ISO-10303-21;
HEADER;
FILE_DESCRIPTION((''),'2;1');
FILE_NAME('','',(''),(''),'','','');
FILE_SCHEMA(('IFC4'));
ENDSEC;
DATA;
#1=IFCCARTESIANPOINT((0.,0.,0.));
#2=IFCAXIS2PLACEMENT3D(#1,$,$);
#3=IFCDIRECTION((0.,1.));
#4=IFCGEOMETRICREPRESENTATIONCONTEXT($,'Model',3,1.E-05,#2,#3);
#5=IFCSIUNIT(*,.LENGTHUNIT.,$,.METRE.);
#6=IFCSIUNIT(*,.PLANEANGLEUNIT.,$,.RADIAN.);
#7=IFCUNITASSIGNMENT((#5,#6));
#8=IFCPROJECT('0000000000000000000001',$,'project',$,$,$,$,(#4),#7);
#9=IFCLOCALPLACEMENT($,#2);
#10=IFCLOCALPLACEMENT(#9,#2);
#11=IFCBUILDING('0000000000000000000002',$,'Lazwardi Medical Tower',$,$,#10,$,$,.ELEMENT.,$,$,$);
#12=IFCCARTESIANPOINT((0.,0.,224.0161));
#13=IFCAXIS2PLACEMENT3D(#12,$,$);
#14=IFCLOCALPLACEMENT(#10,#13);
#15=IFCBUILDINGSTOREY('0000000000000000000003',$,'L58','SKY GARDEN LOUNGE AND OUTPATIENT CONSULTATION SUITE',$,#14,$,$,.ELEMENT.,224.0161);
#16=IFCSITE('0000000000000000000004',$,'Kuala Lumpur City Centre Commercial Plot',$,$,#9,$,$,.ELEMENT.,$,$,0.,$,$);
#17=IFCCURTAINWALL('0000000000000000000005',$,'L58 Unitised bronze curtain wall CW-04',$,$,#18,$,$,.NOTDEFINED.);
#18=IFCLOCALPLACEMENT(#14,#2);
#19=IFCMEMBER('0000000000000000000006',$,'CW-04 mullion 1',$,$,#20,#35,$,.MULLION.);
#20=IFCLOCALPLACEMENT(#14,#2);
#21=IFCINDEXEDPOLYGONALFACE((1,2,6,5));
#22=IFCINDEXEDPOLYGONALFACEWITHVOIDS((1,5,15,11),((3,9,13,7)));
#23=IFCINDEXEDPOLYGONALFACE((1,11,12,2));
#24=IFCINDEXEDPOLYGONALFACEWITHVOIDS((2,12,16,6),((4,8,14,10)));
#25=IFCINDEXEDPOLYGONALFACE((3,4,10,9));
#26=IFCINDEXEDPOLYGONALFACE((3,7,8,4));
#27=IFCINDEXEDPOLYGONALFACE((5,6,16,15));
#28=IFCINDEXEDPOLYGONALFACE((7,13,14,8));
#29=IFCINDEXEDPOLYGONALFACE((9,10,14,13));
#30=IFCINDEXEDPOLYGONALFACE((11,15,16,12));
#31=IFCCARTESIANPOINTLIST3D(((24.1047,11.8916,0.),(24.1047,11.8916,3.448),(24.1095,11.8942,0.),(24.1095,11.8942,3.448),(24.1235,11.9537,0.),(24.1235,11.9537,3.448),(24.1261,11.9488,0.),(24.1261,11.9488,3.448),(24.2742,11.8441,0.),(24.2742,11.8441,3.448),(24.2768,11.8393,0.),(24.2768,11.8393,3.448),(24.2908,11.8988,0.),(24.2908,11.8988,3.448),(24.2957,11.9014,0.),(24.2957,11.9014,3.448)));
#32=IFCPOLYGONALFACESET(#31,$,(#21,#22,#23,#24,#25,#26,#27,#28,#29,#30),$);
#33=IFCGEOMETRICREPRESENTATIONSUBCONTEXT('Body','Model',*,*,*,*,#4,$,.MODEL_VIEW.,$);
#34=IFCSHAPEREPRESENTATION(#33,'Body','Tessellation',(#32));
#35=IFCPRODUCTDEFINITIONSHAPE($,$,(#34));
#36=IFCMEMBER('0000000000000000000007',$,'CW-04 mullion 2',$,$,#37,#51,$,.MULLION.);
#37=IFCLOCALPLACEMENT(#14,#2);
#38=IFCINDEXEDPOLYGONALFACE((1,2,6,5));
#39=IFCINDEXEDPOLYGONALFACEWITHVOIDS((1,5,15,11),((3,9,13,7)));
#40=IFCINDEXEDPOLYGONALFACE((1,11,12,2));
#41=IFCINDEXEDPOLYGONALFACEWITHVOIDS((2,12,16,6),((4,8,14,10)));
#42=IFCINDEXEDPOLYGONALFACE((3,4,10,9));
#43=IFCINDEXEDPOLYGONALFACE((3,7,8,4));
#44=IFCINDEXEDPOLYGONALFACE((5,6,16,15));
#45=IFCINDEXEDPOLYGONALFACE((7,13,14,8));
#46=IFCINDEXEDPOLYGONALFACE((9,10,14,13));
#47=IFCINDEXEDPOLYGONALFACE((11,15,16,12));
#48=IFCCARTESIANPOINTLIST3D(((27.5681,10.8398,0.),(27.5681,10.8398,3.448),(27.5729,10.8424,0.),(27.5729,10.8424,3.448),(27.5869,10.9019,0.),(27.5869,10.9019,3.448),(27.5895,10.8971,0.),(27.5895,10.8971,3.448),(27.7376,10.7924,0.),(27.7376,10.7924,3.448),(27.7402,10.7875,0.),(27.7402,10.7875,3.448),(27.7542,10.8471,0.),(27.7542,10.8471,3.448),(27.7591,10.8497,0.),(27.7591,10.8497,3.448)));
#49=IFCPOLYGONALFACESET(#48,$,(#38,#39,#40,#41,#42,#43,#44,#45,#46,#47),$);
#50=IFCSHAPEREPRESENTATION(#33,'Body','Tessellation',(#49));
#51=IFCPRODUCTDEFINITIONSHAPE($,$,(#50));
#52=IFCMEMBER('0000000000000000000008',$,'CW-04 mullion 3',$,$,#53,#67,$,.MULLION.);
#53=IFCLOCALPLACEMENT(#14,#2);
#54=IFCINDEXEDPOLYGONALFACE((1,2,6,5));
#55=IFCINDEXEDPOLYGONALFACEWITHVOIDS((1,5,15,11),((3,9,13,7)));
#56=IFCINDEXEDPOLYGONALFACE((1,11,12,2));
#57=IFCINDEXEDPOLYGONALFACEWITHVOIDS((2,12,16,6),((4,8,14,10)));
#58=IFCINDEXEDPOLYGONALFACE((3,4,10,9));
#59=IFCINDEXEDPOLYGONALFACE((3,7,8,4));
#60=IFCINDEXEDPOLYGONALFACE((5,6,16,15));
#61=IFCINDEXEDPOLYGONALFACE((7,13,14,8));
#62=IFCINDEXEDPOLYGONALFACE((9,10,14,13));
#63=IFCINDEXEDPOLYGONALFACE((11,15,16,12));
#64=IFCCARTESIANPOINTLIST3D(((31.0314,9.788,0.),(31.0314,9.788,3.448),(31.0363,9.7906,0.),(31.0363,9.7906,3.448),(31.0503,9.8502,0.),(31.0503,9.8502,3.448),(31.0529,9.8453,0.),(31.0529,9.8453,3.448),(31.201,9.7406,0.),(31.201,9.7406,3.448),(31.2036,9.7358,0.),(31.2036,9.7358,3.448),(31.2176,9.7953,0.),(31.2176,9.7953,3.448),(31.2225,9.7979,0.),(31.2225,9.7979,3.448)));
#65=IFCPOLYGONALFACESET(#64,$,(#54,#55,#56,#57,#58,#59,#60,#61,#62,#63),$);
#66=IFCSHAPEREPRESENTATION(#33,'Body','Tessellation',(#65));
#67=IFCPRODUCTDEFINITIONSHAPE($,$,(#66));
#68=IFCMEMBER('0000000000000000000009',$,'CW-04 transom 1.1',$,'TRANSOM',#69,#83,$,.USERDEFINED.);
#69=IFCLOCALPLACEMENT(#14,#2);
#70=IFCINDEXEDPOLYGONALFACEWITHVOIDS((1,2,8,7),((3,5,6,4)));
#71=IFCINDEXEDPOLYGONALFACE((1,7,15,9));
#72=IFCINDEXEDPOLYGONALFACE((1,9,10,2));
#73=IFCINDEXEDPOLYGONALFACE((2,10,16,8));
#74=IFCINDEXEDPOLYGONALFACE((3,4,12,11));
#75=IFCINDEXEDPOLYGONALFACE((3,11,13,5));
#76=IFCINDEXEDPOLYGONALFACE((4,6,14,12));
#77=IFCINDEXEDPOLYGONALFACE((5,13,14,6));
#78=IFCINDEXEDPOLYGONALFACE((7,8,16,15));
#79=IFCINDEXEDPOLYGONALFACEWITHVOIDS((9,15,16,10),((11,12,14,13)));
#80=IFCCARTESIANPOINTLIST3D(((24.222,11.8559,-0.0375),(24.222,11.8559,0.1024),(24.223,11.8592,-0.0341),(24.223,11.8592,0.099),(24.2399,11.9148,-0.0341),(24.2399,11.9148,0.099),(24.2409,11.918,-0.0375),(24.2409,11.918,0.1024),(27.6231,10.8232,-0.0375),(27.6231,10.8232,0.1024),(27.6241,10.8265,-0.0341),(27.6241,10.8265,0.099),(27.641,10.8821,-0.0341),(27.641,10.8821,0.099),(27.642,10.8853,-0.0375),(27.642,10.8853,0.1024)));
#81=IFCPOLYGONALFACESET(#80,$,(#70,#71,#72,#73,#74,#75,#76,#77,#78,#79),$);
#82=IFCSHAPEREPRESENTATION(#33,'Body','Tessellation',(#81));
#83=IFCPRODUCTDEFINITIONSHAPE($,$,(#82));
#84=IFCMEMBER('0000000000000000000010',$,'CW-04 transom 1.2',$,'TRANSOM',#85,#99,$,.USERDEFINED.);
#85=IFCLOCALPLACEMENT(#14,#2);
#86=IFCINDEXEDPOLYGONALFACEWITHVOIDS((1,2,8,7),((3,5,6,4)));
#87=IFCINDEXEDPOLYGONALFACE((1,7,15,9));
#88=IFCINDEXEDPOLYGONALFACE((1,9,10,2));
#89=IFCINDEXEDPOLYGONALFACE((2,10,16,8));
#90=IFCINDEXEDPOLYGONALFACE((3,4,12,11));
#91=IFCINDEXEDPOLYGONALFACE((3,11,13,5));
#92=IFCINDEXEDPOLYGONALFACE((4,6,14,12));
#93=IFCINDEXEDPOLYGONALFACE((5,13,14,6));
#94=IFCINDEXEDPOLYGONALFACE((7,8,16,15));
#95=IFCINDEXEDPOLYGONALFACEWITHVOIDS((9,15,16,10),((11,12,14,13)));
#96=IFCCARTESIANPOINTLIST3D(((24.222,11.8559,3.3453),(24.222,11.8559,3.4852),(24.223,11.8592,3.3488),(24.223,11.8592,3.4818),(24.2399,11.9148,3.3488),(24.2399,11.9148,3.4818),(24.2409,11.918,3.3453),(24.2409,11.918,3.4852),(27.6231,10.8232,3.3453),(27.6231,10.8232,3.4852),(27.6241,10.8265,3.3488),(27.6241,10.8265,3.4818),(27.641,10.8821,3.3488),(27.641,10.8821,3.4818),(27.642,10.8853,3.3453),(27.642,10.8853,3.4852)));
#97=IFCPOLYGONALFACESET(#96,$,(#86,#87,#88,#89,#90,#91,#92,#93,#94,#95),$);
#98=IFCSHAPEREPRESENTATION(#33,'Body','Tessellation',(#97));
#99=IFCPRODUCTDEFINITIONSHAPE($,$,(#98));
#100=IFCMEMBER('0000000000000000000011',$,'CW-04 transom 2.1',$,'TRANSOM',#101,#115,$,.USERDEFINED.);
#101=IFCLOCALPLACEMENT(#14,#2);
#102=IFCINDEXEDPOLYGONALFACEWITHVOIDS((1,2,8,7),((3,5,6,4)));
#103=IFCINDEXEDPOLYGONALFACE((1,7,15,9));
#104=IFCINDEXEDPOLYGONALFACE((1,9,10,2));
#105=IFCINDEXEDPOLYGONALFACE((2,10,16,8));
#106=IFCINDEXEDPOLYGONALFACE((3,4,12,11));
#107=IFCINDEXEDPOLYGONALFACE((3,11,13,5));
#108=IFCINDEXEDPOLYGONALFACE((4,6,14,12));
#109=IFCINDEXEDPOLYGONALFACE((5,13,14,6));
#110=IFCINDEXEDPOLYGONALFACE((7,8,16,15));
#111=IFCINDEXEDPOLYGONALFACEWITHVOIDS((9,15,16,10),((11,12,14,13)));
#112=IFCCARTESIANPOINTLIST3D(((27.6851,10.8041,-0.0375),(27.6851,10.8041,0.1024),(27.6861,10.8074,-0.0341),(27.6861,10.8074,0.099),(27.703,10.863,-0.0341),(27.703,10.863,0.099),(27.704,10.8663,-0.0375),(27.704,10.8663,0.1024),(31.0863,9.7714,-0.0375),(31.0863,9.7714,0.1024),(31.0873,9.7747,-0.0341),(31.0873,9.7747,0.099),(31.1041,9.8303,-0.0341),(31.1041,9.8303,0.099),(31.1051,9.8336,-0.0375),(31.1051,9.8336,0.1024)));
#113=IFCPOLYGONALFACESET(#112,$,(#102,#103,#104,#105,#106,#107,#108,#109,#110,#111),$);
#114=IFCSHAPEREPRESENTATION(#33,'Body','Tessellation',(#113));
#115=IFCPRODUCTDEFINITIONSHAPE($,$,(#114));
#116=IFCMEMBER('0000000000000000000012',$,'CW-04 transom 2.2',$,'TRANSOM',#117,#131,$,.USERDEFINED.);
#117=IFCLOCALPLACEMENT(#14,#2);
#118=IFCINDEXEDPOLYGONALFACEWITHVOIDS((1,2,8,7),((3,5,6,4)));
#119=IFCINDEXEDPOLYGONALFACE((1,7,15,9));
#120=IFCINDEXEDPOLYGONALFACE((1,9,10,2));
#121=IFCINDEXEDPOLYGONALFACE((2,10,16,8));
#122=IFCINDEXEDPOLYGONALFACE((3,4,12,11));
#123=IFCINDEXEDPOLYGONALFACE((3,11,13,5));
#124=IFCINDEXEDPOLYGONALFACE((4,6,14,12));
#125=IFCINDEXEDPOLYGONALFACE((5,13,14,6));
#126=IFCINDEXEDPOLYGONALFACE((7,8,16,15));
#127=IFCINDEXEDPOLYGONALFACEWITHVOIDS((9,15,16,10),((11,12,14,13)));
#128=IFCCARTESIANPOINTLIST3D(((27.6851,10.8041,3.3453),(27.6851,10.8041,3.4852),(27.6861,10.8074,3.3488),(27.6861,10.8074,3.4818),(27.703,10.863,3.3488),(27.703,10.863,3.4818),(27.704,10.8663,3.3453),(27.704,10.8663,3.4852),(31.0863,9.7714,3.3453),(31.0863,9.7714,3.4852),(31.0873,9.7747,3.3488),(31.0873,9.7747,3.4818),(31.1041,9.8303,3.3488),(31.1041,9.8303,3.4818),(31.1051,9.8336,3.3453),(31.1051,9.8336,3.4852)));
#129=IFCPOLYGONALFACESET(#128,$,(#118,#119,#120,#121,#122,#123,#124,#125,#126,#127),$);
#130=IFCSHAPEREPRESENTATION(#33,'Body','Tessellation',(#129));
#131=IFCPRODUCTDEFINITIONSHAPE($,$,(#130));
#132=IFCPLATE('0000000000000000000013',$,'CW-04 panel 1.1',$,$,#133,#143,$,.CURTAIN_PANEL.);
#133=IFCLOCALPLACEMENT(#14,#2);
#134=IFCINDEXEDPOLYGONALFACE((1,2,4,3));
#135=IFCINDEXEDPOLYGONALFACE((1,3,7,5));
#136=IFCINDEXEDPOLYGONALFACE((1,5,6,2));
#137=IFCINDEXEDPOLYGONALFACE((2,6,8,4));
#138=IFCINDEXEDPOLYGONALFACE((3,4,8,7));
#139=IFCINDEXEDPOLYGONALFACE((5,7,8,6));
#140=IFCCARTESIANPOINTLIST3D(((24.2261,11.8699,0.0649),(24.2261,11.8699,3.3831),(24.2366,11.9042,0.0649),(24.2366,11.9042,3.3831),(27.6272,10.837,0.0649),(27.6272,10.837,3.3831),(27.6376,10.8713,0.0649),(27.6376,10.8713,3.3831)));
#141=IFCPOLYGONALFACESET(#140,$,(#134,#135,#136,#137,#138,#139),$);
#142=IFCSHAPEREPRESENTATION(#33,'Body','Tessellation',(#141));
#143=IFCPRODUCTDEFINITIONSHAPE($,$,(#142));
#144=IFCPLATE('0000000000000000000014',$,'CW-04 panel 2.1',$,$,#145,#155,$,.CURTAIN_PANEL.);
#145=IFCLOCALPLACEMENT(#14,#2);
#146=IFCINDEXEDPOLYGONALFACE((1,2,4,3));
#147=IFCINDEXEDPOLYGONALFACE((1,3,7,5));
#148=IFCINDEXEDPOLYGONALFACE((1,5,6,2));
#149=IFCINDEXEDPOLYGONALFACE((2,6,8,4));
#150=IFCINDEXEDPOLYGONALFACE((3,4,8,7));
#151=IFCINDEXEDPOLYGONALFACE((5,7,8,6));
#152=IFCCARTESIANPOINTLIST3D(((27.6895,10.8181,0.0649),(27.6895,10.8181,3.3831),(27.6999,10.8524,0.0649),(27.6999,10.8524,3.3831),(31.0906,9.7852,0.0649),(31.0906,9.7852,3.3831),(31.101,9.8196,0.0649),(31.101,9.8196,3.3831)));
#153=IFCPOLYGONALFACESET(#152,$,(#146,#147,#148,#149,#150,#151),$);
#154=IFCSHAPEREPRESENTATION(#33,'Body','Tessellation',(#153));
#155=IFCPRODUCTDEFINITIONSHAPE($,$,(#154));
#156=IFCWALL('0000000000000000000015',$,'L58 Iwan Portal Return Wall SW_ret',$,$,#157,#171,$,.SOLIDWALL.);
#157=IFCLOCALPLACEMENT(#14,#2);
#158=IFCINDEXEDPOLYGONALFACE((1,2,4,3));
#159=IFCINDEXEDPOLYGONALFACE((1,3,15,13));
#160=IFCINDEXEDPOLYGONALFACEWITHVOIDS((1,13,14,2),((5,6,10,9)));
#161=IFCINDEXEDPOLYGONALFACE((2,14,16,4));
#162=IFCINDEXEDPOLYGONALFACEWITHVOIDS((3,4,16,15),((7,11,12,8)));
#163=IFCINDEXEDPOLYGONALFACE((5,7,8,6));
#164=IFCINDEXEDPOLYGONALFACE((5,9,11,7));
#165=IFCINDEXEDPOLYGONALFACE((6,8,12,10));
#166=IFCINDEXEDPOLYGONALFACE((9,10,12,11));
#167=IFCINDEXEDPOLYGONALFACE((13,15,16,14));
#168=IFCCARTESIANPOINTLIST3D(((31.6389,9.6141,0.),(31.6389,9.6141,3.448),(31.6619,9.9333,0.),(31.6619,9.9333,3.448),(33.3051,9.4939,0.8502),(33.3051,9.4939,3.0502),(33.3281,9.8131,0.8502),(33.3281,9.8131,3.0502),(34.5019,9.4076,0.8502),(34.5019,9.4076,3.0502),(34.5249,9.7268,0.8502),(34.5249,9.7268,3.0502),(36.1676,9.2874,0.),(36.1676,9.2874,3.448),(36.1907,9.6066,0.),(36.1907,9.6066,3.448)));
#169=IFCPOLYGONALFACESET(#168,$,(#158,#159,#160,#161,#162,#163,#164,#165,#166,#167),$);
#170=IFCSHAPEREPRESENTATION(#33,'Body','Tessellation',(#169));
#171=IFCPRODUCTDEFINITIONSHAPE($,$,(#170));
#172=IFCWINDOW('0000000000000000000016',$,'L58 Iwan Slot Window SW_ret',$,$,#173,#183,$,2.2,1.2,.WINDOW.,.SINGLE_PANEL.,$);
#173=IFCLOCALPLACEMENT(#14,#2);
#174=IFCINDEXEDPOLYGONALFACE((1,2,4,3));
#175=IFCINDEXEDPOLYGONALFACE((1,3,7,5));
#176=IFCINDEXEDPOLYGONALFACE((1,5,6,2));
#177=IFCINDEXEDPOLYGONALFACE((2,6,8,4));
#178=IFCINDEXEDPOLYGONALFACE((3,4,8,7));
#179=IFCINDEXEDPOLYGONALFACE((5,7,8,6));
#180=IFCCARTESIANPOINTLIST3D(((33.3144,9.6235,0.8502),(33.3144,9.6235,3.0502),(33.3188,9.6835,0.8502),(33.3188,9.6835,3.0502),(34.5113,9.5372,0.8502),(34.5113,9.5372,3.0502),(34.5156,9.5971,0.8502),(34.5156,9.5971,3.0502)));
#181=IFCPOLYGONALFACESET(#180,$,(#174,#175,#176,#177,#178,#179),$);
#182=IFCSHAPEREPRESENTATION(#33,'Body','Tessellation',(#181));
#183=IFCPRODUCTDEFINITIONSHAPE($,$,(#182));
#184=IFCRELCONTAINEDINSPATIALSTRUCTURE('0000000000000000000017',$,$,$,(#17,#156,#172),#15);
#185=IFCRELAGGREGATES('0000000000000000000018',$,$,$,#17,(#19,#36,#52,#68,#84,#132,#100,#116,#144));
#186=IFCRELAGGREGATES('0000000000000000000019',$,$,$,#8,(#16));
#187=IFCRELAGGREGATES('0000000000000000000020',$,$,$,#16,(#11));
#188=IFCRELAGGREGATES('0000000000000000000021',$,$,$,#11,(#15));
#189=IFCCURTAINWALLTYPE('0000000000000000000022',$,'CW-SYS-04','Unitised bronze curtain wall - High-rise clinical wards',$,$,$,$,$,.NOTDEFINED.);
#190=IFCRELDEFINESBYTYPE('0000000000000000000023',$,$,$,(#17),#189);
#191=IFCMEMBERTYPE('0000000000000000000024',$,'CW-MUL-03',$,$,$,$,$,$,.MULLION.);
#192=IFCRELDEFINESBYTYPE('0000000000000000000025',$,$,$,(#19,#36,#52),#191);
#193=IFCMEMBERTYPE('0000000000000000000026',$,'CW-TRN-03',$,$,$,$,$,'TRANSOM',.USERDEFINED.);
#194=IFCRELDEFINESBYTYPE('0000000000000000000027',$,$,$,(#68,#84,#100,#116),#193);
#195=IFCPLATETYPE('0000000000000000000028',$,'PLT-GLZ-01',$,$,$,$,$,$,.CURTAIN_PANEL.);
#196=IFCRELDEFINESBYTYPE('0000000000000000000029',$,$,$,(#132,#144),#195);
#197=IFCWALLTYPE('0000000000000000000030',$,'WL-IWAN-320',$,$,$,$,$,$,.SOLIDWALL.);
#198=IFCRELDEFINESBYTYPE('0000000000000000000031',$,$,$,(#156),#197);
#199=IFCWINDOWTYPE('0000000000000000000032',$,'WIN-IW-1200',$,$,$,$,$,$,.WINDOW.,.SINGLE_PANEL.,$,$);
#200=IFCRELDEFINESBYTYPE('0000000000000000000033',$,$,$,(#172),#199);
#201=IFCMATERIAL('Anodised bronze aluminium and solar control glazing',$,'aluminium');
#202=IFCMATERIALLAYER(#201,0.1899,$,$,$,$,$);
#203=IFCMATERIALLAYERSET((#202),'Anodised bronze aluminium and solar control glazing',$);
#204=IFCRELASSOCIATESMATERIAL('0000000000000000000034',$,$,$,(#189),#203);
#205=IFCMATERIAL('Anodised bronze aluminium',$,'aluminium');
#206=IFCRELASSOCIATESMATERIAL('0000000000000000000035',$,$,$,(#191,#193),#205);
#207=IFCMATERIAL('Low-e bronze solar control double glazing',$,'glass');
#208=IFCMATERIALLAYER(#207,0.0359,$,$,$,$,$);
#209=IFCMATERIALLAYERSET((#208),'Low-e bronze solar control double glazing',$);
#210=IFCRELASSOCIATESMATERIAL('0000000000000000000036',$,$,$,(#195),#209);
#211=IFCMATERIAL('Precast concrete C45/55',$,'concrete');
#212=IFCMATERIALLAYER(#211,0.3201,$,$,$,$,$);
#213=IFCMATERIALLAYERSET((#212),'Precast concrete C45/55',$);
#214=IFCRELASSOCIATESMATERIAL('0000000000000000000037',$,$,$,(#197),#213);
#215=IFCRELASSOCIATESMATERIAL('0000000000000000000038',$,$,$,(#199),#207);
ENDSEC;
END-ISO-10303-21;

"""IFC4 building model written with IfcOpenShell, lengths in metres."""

from ifc_helpers import new_model, si_unit, direction, frame, frame_2d, origin, origin_2d, place, context, subcontext, project, spatial, rectangle, hollow_rectangle, extrude, material, layer, layer_set, material_profile, profile_set, type_object, element, fill, aggregate, save


model = new_model("IFC4")

# Units and contexts
model_context = context("Model", 3, precision=1e-05, world=origin(), true_north=direction((0.0, 1.0)))
body_context = subcontext(model_context, "Body", "Model", "MODEL_VIEW")
ifc_project = project(units=[si_unit("LENGTHUNIT", "METRE"), si_unit("PLANEANGLEUNIT", "RADIAN")], contexts=[model_context])

# Site, building, storey
site_placement = place(None, origin())
site = spatial("IfcSite", under=ifc_project, at=site_placement, Name="Kuala Lumpur City Centre Commercial Plot", CompositionType="ELEMENT", RefElevation=0.0)
building_placement = place(site_placement, origin())
building = spatial("IfcBuilding", under=site, at=building_placement, Name="Lazwardi Medical Tower", CompositionType="ELEMENT")
storey_placement = place(building_placement, frame((0.0, 0.0, 224.0161)))
storey = spatial("IfcBuildingStorey", under=building, at=storey_placement, Name="L58", Description="SKY GARDEN LOUNGE AND OUTPATIENT CONSULTATION SUITE", CompositionType="ELEMENT", Elevation=224.0161)

# Curtain wall, members, plates
ifc_material_1 = material(Name="Anodised bronze aluminium and solar control glazing", Category="aluminium")
ifc_layer_1 = layer(ifc_material_1, 0.1899)
ifc_layer_set_1 = layer_set([ifc_layer_1], Name="Anodised bronze aluminium and solar control glazing")
curtain_wall_type = type_object("IfcCurtainWallType", Name="CW-SYS-04", Description="Unitised bronze curtain wall - High-rise clinical wards", PredefinedType="NOTDEFINED", material=ifc_layer_set_1)
curtain_wall_placement = place(storey_placement, origin())
curtain_wall = element("IfcCurtainWall", 1, at=curtain_wall_placement, inside=storey, type_object=curtain_wall_type, Name="L58 Unitised bronze curtain wall CW-04", PredefinedType="NOTDEFINED")
ifc_material_2 = material(Name="Anodised bronze aluminium", Category="aluminium")
ifc_material_profile_1 = material_profile(ifc_material_2, hollow_rectangle(XDim=0.0649, YDim=0.1799, WallThickness=0.0039, at=origin_2d()), Name="ALU-MULLION 180x65x4")
ifc_profile_set_1 = profile_set([ifc_material_profile_1], Name="Anodised bronze aluminium")
member_type_1 = type_object("IfcMemberType", Name="CW-MUL-03", PredefinedType="MULLION", material=ifc_profile_set_1)
member_1_placement = place(storey_placement, frame((24.2002, 11.8965, 0.0), z_axis=(0.0, 0.0, 1.0), x_axis=(0.290582, 0.95685, 0.0)))
member_1 = element("IfcMember", 2, at=member_1_placement, type_object=member_type_1, Name="CW-04 mullion 1", PredefinedType="MULLION", context=body_context, shape_type="SweptSolid", body=[
    extrude(hollow_rectangle(XDim=0.0649, YDim=0.1799, WallThickness=0.0039, at=origin_2d()), origin(), (0.0, 0.0, 1.0), 3.448),
])
member_2_placement = place(storey_placement, frame((27.6636, 10.8447, 0.0), z_axis=(0.0, 0.0, 1.0), x_axis=(0.290582, 0.95685, 0.0)))
member_2 = element("IfcMember", 3, at=member_2_placement, type_object=member_type_1, Name="CW-04 mullion 2", PredefinedType="MULLION", context=body_context, shape_type="SweptSolid", body=[
    extrude(hollow_rectangle(XDim=0.0649, YDim=0.1799, WallThickness=0.0039, at=origin_2d()), origin(), (0.0, 0.0, 1.0), 3.448),
])
member_3_placement = place(storey_placement, frame((31.127, 9.793, 0.0), z_axis=(0.0, 0.0, 1.0), x_axis=(0.290582, 0.95685, 0.0)))
member_3 = element("IfcMember", 4, at=member_3_placement, type_object=member_type_1, Name="CW-04 mullion 3", PredefinedType="MULLION", context=body_context, shape_type="SweptSolid", body=[
    extrude(hollow_rectangle(XDim=0.0649, YDim=0.1799, WallThickness=0.0039, at=origin_2d()), origin(), (0.0, 0.0, 1.0), 3.448),
])
ifc_material_profile_2 = material_profile(ifc_material_2, hollow_rectangle(XDim=0.0649, YDim=0.1399, WallThickness=0.0034, at=origin_2d()), Name="ALU-TRANSOM 140x65x3.5")
ifc_profile_set_2 = profile_set([ifc_material_profile_2], Name="Anodised bronze aluminium")
member_type_2 = type_object("IfcMemberType", Name="CW-TRN-03", ElementType="TRANSOM", PredefinedType="USERDEFINED", material=ifc_profile_set_2)
member_4_placement = place(storey_placement, frame((24.2314, 11.887, 0.0325), z_axis=(0.956863, -0.290541, 0.0), x_axis=(0.290541, 0.956863, 0.0)))
member_4 = element("IfcMember", 5, at=member_4_placement, type_object=member_type_2, Name="CW-04 transom 1.1", ObjectType="TRANSOM", PredefinedType="USERDEFINED", context=body_context, shape_type="SweptSolid", body=[
    extrude(hollow_rectangle(XDim=0.0649, YDim=0.1399, WallThickness=0.0034, at=origin_2d()), origin(), (0.0, 0.0, 1.0), 3.5544),
])
member_5_placement = place(storey_placement, frame((24.2314, 11.887, 3.4153), z_axis=(0.956863, -0.290541, 0.0), x_axis=(0.290541, 0.956863, 0.0)))
member_5 = element("IfcMember", 6, at=member_5_placement, type_object=member_type_2, Name="CW-04 transom 1.2", ObjectType="TRANSOM", PredefinedType="USERDEFINED", context=body_context, shape_type="SweptSolid", body=[
    extrude(hollow_rectangle(XDim=0.0649, YDim=0.1399, WallThickness=0.0034, at=origin_2d()), origin(), (0.0, 0.0, 1.0), 3.5544),
])
member_6_placement = place(storey_placement, frame((27.6946, 10.8352, 0.0325), z_axis=(0.956863, -0.290541, 0.0), x_axis=(0.290541, 0.956863, 0.0)))
member_6 = element("IfcMember", 7, at=member_6_placement, type_object=member_type_2, Name="CW-04 transom 2.1", ObjectType="TRANSOM", PredefinedType="USERDEFINED", context=body_context, shape_type="SweptSolid", body=[
    extrude(hollow_rectangle(XDim=0.0649, YDim=0.1399, WallThickness=0.0034, at=origin_2d()), origin(), (0.0, 0.0, 1.0), 3.5544),
])
member_7_placement = place(storey_placement, frame((27.6946, 10.8352, 3.4153), z_axis=(0.956863, -0.290541, 0.0), x_axis=(0.290541, 0.956863, 0.0)))
member_7 = element("IfcMember", 8, at=member_7_placement, type_object=member_type_2, Name="CW-04 transom 2.2", ObjectType="TRANSOM", PredefinedType="USERDEFINED", context=body_context, shape_type="SweptSolid", body=[
    extrude(hollow_rectangle(XDim=0.0649, YDim=0.1399, WallThickness=0.0034, at=origin_2d()), origin(), (0.0, 0.0, 1.0), 3.5544),
])
ifc_material_3 = material(Name="Low-e bronze solar control double glazing", Category="glass")
ifc_layer_2 = layer(ifc_material_3, 0.0359)
ifc_layer_set_2 = layer_set([ifc_layer_2], Name="Low-e bronze solar control double glazing")
plate_type = type_object("IfcPlateType", Name="PLT-GLZ-01", PredefinedType="CURTAIN_PANEL", material=ifc_layer_set_2)
plate_1_placement = place(storey_placement, frame((25.9319, 11.3706, 0.0649), z_axis=(0.0, 0.0, 1.0), x_axis=(0.95685, -0.290582, 0.0)))
plate_1 = element("IfcPlate", 9, at=plate_1_placement, type_object=plate_type, Name="CW-04 panel 1.1", PredefinedType="CURTAIN_PANEL", context=body_context, shape_type="SweptSolid", body=[
    extrude(rectangle(XDim=3.5544, YDim=0.0359, at=origin_2d()), origin(), (0.0, 0.0, 1.0), 3.3181),
])
plate_2_placement = place(storey_placement, frame((29.3953, 10.3188, 0.0649), z_axis=(0.0, 0.0, 1.0), x_axis=(0.95685, -0.290582, 0.0)))
plate_2 = element("IfcPlate", 10, at=plate_2_placement, type_object=plate_type, Name="CW-04 panel 2.1", PredefinedType="CURTAIN_PANEL", context=body_context, shape_type="SweptSolid", body=[
    extrude(rectangle(XDim=3.5544, YDim=0.0359, at=origin_2d()), origin(), (0.0, 0.0, 1.0), 3.3181),
])
aggregate(curtain_wall, [member_1, member_2, member_3, member_4, member_5, plate_1, member_6, member_7, plate_2])

# Wall, opening, window
ifc_material_4 = material(Name="Precast concrete C45/55", Category="concrete")
ifc_layer_3 = layer(ifc_material_4, 0.3201)
ifc_layer_set_3 = layer_set([ifc_layer_3], Name="Precast concrete C45/55")
wall_type = type_object("IfcWallType", Name="WL-IWAN-320", PredefinedType="SOLIDWALL", material=ifc_layer_set_3)
wall_1_placement = place(storey_placement, frame((31.6504, 9.7737, 0.0), z_axis=(0.0, 0.0, 1.0), x_axis=(0.997409, -0.071942, 0.0)))
wall_1 = element("IfcWall", 11, at=wall_1_placement, inside=storey, type_object=wall_type, Name="L58 Iwan Portal Return Wall SW_ret", PredefinedType="SOLIDWALL", context=body_context, shape_type="SweptSolid", body=[
    extrude(rectangle(XDim=4.5405, YDim=0.3201, at=frame_2d((2.2703, 0.0))), origin(), (0.0, 0.0, 1.0), 3.448),
])
opening_placement = place(wall_1_placement, frame((1.6704, 0.0, 0.8501)))
opening = element("IfcOpeningElement", 12, at=opening_placement, cuts=wall_1, PredefinedType="OPENING", context=body_context, shape_type="SweptSolid", body=[
    extrude(rectangle(XDim=1.2, YDim=2.2, at=frame_2d((0.6001, 1.1001))), frame((0.0, 0.1699, 0.0), z_axis=(0.0, -1.0, 0.0), x_axis=(1.0, 0.0, 0.0)), (0.0, 0.0, 1.0), 0.3401),
])
window_type = type_object("IfcWindowType", Name="WIN-IW-1200", PartitioningType="SINGLE_PANEL", PredefinedType="WINDOW", material=ifc_material_3)
window_placement = place(opening_placement, origin())
window = element("IfcWindow", 13, at=window_placement, inside=storey, type_object=window_type, Name="L58 Iwan Slot Window SW_ret", OverallHeight=2.2, OverallWidth=1.2, PartitioningType="SINGLE_PANEL", PredefinedType="WINDOW", context=body_context, shape_type="SweptSolid", body=[
    extrude(rectangle(XDim=1.2, YDim=2.2, at=frame_2d((0.6001, 1.1001))), frame((0.0, 0.03, 0.0), z_axis=(0.0, -1.0, 0.0), x_axis=(1.0, 0.0, 0.0)), (0.0, 0.0, 1.0), 0.0601),
])
fill(opening, window)

save(model, "model.ifc")
